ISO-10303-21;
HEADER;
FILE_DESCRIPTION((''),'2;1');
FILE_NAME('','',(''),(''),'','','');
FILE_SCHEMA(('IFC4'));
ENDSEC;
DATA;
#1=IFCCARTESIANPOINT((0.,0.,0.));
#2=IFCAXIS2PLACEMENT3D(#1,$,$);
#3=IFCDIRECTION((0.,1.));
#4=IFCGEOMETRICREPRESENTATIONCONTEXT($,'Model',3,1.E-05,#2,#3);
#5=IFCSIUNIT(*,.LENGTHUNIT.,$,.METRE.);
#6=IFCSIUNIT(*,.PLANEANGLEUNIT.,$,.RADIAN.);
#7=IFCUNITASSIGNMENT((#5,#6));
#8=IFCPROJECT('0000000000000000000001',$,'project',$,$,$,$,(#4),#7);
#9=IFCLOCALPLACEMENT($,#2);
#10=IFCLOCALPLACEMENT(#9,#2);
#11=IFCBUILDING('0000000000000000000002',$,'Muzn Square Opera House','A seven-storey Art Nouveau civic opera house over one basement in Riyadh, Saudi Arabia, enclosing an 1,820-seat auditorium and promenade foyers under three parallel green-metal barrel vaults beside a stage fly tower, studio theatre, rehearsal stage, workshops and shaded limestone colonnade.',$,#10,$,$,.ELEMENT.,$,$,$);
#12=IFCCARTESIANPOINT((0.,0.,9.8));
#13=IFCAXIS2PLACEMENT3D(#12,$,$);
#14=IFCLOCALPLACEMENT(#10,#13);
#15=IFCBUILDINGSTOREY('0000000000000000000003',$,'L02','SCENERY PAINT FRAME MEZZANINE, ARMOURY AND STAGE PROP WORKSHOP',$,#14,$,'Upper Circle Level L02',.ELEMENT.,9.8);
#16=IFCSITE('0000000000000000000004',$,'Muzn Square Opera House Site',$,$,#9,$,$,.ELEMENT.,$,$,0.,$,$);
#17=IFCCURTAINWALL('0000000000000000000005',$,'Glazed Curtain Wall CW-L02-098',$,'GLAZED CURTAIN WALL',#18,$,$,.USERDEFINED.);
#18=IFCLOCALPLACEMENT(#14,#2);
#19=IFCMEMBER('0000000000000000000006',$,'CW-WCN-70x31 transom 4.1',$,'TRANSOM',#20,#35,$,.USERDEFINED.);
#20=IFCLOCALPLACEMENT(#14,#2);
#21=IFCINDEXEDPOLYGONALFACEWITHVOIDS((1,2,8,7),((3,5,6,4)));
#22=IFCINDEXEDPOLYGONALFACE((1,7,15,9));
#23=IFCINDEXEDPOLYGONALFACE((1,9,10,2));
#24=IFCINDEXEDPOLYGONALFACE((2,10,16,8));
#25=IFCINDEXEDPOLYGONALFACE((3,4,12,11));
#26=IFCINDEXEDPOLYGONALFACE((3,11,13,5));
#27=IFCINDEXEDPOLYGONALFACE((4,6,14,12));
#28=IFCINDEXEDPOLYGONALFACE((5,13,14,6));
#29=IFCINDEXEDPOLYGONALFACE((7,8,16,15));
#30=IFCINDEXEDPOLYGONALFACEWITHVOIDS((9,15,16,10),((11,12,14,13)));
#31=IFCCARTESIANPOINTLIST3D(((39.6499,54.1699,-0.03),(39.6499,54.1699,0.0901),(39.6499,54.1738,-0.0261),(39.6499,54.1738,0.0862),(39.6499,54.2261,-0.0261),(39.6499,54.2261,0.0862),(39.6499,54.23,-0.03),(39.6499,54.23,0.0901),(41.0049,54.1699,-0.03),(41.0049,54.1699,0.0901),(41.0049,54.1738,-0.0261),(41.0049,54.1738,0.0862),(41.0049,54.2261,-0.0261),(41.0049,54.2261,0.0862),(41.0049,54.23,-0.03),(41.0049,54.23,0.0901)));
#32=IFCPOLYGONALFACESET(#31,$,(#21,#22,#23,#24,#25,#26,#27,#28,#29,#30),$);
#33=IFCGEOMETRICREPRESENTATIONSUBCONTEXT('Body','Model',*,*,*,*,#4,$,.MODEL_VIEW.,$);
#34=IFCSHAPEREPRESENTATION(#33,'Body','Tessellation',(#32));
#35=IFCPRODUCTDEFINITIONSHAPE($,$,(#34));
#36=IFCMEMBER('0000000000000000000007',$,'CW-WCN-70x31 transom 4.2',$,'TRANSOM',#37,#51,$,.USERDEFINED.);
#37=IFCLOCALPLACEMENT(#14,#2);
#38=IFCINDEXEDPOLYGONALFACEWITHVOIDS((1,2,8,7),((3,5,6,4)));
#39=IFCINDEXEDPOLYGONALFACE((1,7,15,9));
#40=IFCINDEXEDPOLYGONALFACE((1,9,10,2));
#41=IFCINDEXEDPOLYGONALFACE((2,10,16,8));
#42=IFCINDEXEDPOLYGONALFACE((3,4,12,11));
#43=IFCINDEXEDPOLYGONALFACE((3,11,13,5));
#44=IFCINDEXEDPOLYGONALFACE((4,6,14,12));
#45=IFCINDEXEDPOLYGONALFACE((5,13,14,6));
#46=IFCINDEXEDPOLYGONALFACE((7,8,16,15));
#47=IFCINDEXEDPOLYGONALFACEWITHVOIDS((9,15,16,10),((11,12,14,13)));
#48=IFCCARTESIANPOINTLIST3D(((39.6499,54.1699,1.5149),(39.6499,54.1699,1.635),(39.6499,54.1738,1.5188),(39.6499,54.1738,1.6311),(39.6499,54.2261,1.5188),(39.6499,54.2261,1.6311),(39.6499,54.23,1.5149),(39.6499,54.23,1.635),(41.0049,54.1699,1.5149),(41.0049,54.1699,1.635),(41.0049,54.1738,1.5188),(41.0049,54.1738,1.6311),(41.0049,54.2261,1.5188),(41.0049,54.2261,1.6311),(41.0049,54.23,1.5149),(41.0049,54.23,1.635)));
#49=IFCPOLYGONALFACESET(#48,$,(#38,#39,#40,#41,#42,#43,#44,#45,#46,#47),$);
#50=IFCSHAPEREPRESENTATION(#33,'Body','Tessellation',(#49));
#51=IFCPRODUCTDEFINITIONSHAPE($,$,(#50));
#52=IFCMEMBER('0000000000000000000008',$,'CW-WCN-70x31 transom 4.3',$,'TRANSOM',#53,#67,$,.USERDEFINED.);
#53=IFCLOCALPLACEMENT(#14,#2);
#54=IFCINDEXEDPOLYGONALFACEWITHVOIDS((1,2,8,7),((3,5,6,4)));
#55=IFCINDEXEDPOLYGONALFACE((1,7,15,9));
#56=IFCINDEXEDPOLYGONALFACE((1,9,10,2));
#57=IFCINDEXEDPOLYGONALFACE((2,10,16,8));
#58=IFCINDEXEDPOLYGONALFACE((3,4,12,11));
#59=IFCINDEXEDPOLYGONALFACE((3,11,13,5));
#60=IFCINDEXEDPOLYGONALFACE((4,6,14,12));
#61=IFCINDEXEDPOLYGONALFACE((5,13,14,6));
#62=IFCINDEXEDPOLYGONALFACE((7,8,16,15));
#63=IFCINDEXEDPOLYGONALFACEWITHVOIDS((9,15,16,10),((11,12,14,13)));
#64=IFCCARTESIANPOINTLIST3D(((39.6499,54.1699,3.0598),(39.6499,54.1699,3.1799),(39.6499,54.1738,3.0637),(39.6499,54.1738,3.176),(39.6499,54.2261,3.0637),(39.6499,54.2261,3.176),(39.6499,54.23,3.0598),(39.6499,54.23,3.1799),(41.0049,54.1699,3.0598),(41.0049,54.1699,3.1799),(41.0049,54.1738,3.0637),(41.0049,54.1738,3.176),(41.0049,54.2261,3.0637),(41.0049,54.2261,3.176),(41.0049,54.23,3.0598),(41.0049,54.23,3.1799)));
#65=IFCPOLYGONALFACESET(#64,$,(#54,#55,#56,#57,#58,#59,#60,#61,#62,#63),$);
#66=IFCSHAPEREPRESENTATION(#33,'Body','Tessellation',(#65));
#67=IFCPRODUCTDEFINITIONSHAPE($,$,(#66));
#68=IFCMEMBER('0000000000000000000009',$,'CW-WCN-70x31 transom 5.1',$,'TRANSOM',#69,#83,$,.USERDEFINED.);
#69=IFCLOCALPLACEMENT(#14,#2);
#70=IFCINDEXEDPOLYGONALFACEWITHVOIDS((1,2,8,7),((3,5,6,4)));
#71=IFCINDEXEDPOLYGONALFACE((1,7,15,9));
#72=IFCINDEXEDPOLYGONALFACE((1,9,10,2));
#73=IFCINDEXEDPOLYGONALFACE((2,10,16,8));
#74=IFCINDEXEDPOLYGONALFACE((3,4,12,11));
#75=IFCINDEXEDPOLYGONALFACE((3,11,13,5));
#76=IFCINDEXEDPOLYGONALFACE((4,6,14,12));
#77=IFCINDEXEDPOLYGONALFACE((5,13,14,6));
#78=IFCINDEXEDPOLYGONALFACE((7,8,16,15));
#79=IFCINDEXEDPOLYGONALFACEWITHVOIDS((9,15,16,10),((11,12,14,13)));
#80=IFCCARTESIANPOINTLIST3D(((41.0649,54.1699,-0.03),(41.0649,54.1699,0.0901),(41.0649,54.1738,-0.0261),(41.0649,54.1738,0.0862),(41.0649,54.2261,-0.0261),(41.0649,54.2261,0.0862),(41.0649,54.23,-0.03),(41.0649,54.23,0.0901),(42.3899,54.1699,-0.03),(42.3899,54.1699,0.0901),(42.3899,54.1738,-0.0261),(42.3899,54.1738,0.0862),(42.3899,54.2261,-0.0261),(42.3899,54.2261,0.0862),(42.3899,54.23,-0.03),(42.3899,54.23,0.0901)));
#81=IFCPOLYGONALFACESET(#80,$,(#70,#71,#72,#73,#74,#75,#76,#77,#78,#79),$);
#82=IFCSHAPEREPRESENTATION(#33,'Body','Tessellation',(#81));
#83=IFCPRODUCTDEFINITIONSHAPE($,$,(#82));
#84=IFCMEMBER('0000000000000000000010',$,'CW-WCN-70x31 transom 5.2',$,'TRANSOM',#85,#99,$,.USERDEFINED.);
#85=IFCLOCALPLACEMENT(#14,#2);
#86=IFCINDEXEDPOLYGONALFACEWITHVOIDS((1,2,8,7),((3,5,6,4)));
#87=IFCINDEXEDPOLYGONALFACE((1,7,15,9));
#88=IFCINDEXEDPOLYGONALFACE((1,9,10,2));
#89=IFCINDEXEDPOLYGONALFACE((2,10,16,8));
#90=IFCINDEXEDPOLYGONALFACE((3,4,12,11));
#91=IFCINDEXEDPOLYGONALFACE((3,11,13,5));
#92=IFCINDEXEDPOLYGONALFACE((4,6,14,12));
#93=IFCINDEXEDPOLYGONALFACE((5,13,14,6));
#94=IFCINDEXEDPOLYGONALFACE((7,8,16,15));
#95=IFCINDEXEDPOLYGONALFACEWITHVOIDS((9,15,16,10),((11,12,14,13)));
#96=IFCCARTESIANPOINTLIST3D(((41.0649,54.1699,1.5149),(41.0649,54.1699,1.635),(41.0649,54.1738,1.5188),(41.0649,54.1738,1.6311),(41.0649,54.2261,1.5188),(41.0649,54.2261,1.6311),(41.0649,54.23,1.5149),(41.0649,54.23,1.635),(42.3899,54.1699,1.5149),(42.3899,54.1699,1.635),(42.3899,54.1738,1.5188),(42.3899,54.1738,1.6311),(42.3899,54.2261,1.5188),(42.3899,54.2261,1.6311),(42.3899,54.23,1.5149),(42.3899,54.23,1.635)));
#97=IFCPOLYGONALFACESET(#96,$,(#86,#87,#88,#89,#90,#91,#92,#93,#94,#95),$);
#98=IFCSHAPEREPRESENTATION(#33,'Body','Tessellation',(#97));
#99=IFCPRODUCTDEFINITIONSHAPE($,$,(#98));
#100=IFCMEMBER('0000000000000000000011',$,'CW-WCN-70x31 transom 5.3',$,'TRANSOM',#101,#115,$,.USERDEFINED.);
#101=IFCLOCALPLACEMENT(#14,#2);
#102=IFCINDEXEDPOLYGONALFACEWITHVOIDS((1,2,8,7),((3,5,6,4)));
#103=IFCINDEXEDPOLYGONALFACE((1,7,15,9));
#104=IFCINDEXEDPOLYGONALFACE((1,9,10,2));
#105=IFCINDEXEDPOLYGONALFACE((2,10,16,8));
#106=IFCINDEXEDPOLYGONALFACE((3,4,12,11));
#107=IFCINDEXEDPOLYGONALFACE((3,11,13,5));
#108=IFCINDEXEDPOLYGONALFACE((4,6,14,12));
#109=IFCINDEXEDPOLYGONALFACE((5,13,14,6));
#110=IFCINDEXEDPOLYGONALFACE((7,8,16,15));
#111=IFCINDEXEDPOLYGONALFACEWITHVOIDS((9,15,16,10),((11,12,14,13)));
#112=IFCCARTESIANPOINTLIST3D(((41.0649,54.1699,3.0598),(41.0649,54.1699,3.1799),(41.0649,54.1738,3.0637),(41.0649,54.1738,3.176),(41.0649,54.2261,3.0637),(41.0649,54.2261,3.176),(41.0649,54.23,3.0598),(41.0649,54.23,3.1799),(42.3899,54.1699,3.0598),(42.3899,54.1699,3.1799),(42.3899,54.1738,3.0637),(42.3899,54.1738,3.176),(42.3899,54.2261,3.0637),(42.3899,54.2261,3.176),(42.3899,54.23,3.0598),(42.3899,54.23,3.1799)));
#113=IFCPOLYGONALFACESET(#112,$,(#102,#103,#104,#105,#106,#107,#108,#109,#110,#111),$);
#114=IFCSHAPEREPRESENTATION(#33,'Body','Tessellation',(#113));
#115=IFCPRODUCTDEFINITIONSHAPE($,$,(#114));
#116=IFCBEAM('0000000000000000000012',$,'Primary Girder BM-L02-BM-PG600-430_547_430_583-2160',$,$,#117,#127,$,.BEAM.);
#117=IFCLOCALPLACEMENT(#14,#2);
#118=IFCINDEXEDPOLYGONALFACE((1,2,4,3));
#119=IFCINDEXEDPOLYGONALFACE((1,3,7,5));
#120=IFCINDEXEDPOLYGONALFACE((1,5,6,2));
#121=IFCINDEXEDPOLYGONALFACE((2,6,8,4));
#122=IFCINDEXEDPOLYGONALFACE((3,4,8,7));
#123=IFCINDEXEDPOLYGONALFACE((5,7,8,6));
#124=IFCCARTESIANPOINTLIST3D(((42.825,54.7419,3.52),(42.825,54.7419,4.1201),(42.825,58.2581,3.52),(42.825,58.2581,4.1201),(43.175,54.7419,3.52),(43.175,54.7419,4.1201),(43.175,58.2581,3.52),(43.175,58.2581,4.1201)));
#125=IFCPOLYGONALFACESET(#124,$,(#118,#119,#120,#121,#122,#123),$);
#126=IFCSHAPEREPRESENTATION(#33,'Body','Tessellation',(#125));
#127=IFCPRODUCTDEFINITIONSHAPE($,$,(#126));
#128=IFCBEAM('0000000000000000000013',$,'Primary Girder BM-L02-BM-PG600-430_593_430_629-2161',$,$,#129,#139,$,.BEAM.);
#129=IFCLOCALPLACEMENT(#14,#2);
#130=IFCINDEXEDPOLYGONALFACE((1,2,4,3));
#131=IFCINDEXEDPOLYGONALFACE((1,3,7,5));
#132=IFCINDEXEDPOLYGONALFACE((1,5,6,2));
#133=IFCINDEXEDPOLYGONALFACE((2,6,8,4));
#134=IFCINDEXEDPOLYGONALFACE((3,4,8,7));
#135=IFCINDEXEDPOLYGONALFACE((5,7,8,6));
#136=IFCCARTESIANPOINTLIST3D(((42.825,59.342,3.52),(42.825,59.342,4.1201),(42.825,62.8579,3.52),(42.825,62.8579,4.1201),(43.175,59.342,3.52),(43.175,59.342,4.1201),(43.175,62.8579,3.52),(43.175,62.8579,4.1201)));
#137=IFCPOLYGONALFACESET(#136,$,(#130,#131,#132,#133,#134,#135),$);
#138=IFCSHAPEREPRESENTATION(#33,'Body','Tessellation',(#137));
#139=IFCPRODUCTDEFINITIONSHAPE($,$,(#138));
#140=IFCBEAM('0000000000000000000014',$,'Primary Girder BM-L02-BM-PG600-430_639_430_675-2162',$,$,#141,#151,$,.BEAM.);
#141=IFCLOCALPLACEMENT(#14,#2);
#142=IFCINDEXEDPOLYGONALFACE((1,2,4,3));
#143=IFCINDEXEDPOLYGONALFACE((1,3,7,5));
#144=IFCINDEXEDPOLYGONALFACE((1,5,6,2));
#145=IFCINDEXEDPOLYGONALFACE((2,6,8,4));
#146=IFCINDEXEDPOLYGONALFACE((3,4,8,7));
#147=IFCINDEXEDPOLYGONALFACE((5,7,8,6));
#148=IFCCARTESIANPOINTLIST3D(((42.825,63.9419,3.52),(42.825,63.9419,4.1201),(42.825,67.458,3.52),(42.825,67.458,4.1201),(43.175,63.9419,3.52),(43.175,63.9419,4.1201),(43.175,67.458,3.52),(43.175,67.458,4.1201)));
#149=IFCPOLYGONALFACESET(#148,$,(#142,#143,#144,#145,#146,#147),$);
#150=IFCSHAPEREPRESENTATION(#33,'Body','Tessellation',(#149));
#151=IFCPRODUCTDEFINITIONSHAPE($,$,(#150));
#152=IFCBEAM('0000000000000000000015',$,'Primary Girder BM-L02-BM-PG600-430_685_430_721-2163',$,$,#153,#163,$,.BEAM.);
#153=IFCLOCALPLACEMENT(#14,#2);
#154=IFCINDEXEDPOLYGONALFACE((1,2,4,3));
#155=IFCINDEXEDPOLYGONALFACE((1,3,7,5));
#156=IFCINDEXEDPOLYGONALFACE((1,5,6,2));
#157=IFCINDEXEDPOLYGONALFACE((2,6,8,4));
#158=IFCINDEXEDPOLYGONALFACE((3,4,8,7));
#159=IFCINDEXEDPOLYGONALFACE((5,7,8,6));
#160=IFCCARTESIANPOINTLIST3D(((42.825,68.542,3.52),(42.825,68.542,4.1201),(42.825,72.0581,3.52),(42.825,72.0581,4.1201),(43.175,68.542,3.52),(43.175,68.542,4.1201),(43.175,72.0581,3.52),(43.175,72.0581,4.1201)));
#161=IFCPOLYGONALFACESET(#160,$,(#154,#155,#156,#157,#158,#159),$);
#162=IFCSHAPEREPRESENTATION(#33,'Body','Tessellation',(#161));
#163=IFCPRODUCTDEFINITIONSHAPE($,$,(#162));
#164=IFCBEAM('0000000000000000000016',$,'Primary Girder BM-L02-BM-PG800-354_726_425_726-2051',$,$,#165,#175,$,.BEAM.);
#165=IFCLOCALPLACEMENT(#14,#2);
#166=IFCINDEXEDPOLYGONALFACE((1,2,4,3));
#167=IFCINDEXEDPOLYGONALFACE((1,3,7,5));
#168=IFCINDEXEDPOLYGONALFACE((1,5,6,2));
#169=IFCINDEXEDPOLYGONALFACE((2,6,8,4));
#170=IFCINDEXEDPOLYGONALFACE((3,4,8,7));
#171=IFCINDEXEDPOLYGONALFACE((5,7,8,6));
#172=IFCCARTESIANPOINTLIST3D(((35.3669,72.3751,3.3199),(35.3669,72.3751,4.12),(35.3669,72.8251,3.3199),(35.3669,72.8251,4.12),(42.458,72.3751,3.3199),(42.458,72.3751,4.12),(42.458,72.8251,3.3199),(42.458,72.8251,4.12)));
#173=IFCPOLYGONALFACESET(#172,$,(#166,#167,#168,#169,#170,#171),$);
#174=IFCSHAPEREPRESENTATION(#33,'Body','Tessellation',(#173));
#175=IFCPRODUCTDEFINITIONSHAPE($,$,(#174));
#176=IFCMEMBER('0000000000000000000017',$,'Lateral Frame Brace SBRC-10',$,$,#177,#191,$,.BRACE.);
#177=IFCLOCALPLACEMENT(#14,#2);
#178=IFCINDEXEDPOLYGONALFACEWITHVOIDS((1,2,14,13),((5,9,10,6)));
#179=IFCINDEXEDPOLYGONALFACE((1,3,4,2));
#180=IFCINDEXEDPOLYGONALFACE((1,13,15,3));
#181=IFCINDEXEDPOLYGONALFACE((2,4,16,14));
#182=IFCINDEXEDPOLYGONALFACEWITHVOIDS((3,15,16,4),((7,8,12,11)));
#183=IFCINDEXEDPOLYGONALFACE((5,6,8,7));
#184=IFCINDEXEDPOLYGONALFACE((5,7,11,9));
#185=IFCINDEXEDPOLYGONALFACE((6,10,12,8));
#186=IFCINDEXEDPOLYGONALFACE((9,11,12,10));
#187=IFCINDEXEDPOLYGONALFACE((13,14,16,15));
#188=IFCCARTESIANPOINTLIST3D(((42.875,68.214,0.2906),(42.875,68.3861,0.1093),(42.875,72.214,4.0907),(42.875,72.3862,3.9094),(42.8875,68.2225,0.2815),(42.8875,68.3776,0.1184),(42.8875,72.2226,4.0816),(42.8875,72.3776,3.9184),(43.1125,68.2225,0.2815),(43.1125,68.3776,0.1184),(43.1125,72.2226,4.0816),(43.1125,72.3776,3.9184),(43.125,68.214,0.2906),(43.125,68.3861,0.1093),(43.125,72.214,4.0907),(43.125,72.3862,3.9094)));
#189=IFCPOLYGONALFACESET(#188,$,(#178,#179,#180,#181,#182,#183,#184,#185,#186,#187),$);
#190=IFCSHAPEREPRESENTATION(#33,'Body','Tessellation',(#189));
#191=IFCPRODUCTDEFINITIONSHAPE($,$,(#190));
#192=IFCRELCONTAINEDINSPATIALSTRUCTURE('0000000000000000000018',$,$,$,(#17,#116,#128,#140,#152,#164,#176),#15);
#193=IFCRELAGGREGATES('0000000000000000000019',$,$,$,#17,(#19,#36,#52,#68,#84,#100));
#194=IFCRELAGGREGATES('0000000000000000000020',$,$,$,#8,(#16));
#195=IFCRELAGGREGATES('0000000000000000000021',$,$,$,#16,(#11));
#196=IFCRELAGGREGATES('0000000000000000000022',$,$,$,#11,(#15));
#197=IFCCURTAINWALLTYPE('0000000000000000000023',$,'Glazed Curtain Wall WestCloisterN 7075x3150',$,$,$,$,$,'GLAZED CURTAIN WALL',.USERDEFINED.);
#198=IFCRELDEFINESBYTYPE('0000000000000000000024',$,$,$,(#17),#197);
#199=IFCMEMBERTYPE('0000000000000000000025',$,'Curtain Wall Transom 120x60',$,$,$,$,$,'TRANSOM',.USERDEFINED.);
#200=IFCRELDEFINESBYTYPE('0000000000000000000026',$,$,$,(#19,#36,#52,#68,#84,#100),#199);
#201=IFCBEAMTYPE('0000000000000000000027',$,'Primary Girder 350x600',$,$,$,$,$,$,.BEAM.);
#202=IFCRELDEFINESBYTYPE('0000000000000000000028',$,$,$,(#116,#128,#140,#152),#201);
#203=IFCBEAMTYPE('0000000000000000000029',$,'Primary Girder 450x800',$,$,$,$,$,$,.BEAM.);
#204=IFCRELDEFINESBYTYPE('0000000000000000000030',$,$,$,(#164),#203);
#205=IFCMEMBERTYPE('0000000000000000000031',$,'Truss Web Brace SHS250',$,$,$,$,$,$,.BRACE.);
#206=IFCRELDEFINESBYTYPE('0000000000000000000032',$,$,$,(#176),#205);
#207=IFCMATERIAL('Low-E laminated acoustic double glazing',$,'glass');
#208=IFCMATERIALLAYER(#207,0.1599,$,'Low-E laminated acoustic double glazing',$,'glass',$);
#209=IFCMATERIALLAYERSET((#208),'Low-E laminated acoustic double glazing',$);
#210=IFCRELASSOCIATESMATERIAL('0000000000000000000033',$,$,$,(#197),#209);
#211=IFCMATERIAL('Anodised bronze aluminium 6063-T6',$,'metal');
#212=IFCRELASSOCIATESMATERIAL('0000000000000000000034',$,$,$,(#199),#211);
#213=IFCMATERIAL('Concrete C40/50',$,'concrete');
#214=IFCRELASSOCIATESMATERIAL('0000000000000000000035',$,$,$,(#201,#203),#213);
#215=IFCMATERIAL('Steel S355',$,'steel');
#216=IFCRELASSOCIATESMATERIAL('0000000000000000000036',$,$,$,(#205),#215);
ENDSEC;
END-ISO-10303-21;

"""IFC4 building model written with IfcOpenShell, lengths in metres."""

from ifc_helpers import new_model, si_unit, direction, frame, origin, origin_2d, place, context, subcontext, project, spatial, rectangle, hollow_rectangle, extrude, material, layer, layer_set, material_profile, profile_set, type_object, element, aggregate, save


model = new_model("IFC4")

# Units and contexts
model_context = context("Model", 3, precision=1e-05, world=origin(), true_north=direction((0.0, 1.0)))
body_context = subcontext(model_context, "Body", "Model", "MODEL_VIEW")
ifc_project = project(units=[si_unit("LENGTHUNIT", "METRE"), si_unit("PLANEANGLEUNIT", "RADIAN")], contexts=[model_context])

# Site, building, storey
site_placement = place(None, origin())
site = spatial("IfcSite", under=ifc_project, at=site_placement, Name="Muzn Square Opera House Site", CompositionType="ELEMENT", RefElevation=0.0)
building_placement = place(site_placement, origin())
building = spatial("IfcBuilding", under=site, at=building_placement, Name="Muzn Square Opera House", Description="A seven-storey Art Nouveau civic opera house over one basement in Riyadh, Saudi Arabia, enclosing an 1,820-seat auditorium and promenade foyers under three parallel green-metal barrel vaults beside a stage fly tower, studio theatre, rehearsal stage, workshops and shaded limestone colonnade.", CompositionType="ELEMENT")
storey_placement = place(building_placement, frame((0.0, 0.0, 9.8)))
storey = spatial("IfcBuildingStorey", under=building, at=storey_placement, Name="L02", Description="SCENERY PAINT FRAME MEZZANINE, ARMOURY AND STAGE PROP WORKSHOP", LongName="Upper Circle Level L02", CompositionType="ELEMENT", Elevation=9.8)

# Curtain wall, members
ifc_material_1 = material(Name="Low-E laminated acoustic double glazing", Category="glass")
ifc_layer_1 = layer(ifc_material_1, 0.1599, Name="Low-E laminated acoustic double glazing", Category="glass")
ifc_layer_set_1 = layer_set([ifc_layer_1], Name="Low-E laminated acoustic double glazing")
curtain_wall_type = type_object("IfcCurtainWallType", Name="Glazed Curtain Wall WestCloisterN 7075x3150", ElementType="GLAZED CURTAIN WALL", PredefinedType="USERDEFINED", material=ifc_layer_set_1)
curtain_wall_placement = place(storey_placement, origin())
curtain_wall = element("IfcCurtainWall", 1, at=curtain_wall_placement, inside=storey, type_object=curtain_wall_type, Name="Glazed Curtain Wall CW-L02-098", ObjectType="GLAZED CURTAIN WALL", PredefinedType="USERDEFINED")
ifc_material_2 = material(Name="Anodised bronze aluminium 6063-T6", Category="metal")
ifc_material_profile_1 = material_profile(ifc_material_2, hollow_rectangle(XDim=0.0601, YDim=0.1201, WallThickness=0.0039, at=origin_2d()), Name="ALU 120x60x4", Category="metal")
ifc_profile_set_1 = profile_set([ifc_material_profile_1], Name="Anodised bronze aluminium 6063-T6")
member_type_1 = type_object("IfcMemberType", Name="Curtain Wall Transom 120x60", ElementType="TRANSOM", PredefinedType="USERDEFINED", material=ifc_profile_set_1)
member_1_placement = place(storey_placement, frame((39.6499, 54.2, 0.03), z_axis=(1.0, 0.0, 0.0), x_axis=(0.0, 1.0, 0.0)))
member_1 = element("IfcMember", 2, at=member_1_placement, type_object=member_type_1, Name="CW-WCN-70x31 transom 4.1", ObjectType="TRANSOM", PredefinedType="USERDEFINED", context=body_context, shape_type="SweptSolid", body=[
    extrude(hollow_rectangle(XDim=0.0601, YDim=0.1201, WallThickness=0.0039, at=origin_2d()), origin(), (0.0, 0.0, 1.0), 1.355),
])
member_2_placement = place(storey_placement, frame((39.6499, 54.2, 1.575), z_axis=(1.0, 0.0, 0.0), x_axis=(0.0, 1.0, 0.0)))
member_2 = element("IfcMember", 3, at=member_2_placement, type_object=member_type_1, Name="CW-WCN-70x31 transom 4.2", ObjectType="TRANSOM", PredefinedType="USERDEFINED", context=body_context, shape_type="SweptSolid", body=[
    extrude(hollow_rectangle(XDim=0.0601, YDim=0.1201, WallThickness=0.0039, at=origin_2d()), origin(), (0.0, 0.0, 1.0), 1.355),
])
member_3_placement = place(storey_placement, frame((39.6499, 54.2, 3.1199), z_axis=(1.0, 0.0, 0.0), x_axis=(0.0, 1.0, 0.0)))
member_3 = element("IfcMember", 4, at=member_3_placement, type_object=member_type_1, Name="CW-WCN-70x31 transom 4.3", ObjectType="TRANSOM", PredefinedType="USERDEFINED", context=body_context, shape_type="SweptSolid", body=[
    extrude(hollow_rectangle(XDim=0.0601, YDim=0.1201, WallThickness=0.0039, at=origin_2d()), origin(), (0.0, 0.0, 1.0), 1.355),
])
member_4_placement = place(storey_placement, frame((41.0649, 54.2, 0.03), z_axis=(1.0, 0.0, 0.0), x_axis=(0.0, 1.0, 0.0)))
member_4 = element("IfcMember", 5, at=member_4_placement, type_object=member_type_1, Name="CW-WCN-70x31 transom 5.1", ObjectType="TRANSOM", PredefinedType="USERDEFINED", context=body_context, shape_type="SweptSolid", body=[
    extrude(hollow_rectangle(XDim=0.0601, YDim=0.1201, WallThickness=0.0039, at=origin_2d()), origin(), (0.0, 0.0, 1.0), 1.325),
])
member_5_placement = place(storey_placement, frame((41.0649, 54.2, 1.575), z_axis=(1.0, 0.0, 0.0), x_axis=(0.0, 1.0, 0.0)))
member_5 = element("IfcMember", 6, at=member_5_placement, type_object=member_type_1, Name="CW-WCN-70x31 transom 5.2", ObjectType="TRANSOM", PredefinedType="USERDEFINED", context=body_context, shape_type="SweptSolid", body=[
    extrude(hollow_rectangle(XDim=0.0601, YDim=0.1201, WallThickness=0.0039, at=origin_2d()), origin(), (0.0, 0.0, 1.0), 1.325),
])
member_6_placement = place(storey_placement, frame((41.0649, 54.2, 3.1199), z_axis=(1.0, 0.0, 0.0), x_axis=(0.0, 1.0, 0.0)))
member_6 = element("IfcMember", 7, at=member_6_placement, type_object=member_type_1, Name="CW-WCN-70x31 transom 5.3", ObjectType="TRANSOM", PredefinedType="USERDEFINED", context=body_context, shape_type="SweptSolid", body=[
    extrude(hollow_rectangle(XDim=0.0601, YDim=0.1201, WallThickness=0.0039, at=origin_2d()), origin(), (0.0, 0.0, 1.0), 1.325),
])

# Beams
ifc_material_3 = material(Name="Concrete C40/50", Category="concrete")
ifc_material_profile_2 = material_profile(ifc_material_3, rectangle(XDim=0.3501, YDim=0.6001, at=origin_2d()), Name="RCB 350x600", Category="concrete")
ifc_profile_set_2 = profile_set([ifc_material_profile_2], Name="Concrete C40/50")
beam_type_1 = type_object("IfcBeamType", Name="Primary Girder 350x600", PredefinedType="BEAM", material=ifc_profile_set_2)
beam_1_placement = place(storey_placement, frame((43.0, 54.7419, 3.8201), z_axis=(0.0, 1.0, 0.0), x_axis=(-1.0, 0.0, 0.0)))
element("IfcBeam", 8, at=beam_1_placement, inside=storey, type_object=beam_type_1, Name="Primary Girder BM-L02-BM-PG600-430_547_430_583-2160", PredefinedType="BEAM", context=body_context, shape_type="SweptSolid", body=[
    extrude(rectangle(XDim=0.3501, YDim=0.6001, at=origin_2d()), origin(), (0.0, 0.0, 1.0), 3.5161),
])
beam_2_placement = place(storey_placement, frame((43.0, 59.342, 3.8201), z_axis=(0.0, 1.0, 0.0), x_axis=(-1.0, 0.0, 0.0)))
element("IfcBeam", 9, at=beam_2_placement, inside=storey, type_object=beam_type_1, Name="Primary Girder BM-L02-BM-PG600-430_593_430_629-2161", PredefinedType="BEAM", context=body_context, shape_type="SweptSolid", body=[
    extrude(rectangle(XDim=0.3501, YDim=0.6001, at=origin_2d()), origin(), (0.0, 0.0, 1.0), 3.5159),
])
for number, where, z_axis, x_axis, name in (
    (10, (43.0, 63.9419, 3.8201), (0.0, 1.0, 0.0), (-1.0, 0.0, 0.0), "Primary Girder BM-L02-BM-PG600-430_639_430_675-2162"),
    (11, (43.0, 68.542, 3.8201), (0.0, 1.0, 0.0), (-1.0, 0.0, 0.0), "Primary Girder BM-L02-BM-PG600-430_685_430_721-2163"),
):
    element("IfcBeam", number, at=place(storey_placement, frame(where, z_axis=z_axis, x_axis=x_axis)), inside=storey, type_object=beam_type_1, Name=name, PredefinedType="BEAM", context=body_context, shape_type="SweptSolid", body=[
        extrude(rectangle(XDim=0.3501, YDim=0.6001, at=origin_2d()), origin(), (0.0, 0.0, 1.0), 3.5161),
    ])
ifc_material_profile_3 = material_profile(ifc_material_3, rectangle(XDim=0.45, YDim=0.8, at=origin_2d()), Name="RCB 450x800", Category="concrete")
ifc_profile_set_3 = profile_set([ifc_material_profile_3], Name="Concrete C40/50")
beam_type_2 = type_object("IfcBeamType", Name="Primary Girder 450x800", PredefinedType="BEAM", material=ifc_profile_set_3)
beam_3_placement = place(storey_placement, frame((35.3669, 72.6001, 3.72), z_axis=(1.0, 0.0, 0.0), x_axis=(0.0, 1.0, 0.0)))
element("IfcBeam", 12, at=beam_3_placement, inside=storey, type_object=beam_type_2, Name="Primary Girder BM-L02-BM-PG800-354_726_425_726-2051", PredefinedType="BEAM", context=body_context, shape_type="SweptSolid", body=[
    extrude(rectangle(XDim=0.45, YDim=0.8, at=origin_2d()), origin(), (0.0, 0.0, 1.0), 7.0911),
])

# Member
ifc_material_4 = material(Name="Steel S355", Category="steel")
ifc_material_profile_4 = material_profile(ifc_material_4, hollow_rectangle(XDim=0.25, YDim=0.25, WallThickness=0.0125, at=origin_2d()), Name="SHS 250x250x12.5", Category="steel")
ifc_profile_set_4 = profile_set([ifc_material_profile_4], Name="Steel S355")
member_type_2 = type_object("IfcMemberType", Name="Truss Web Brace SHS250", PredefinedType="BRACE", material=ifc_profile_set_4)
member_7_placement = place(storey_placement, frame((43.0, 68.3, 0.2), z_axis=(0.0, 0.724995, 0.688754), x_axis=(-1.0, 0.0, 0.0)))
element("IfcMember", 13, at=member_7_placement, inside=storey, type_object=member_type_2, Name="Lateral Frame Brace SBRC-10", PredefinedType="BRACE", context=body_context, shape_type="SweptSolid", body=[
    extrude(hollow_rectangle(XDim=0.25, YDim=0.25, WallThickness=0.0125, at=origin_2d()), origin(), (0.0, 0.0, 1.0), 5.5173),
])

aggregate(curtain_wall, [member_1, member_2, member_3, member_4, member_5, member_6])

save(model, "model.ifc")
